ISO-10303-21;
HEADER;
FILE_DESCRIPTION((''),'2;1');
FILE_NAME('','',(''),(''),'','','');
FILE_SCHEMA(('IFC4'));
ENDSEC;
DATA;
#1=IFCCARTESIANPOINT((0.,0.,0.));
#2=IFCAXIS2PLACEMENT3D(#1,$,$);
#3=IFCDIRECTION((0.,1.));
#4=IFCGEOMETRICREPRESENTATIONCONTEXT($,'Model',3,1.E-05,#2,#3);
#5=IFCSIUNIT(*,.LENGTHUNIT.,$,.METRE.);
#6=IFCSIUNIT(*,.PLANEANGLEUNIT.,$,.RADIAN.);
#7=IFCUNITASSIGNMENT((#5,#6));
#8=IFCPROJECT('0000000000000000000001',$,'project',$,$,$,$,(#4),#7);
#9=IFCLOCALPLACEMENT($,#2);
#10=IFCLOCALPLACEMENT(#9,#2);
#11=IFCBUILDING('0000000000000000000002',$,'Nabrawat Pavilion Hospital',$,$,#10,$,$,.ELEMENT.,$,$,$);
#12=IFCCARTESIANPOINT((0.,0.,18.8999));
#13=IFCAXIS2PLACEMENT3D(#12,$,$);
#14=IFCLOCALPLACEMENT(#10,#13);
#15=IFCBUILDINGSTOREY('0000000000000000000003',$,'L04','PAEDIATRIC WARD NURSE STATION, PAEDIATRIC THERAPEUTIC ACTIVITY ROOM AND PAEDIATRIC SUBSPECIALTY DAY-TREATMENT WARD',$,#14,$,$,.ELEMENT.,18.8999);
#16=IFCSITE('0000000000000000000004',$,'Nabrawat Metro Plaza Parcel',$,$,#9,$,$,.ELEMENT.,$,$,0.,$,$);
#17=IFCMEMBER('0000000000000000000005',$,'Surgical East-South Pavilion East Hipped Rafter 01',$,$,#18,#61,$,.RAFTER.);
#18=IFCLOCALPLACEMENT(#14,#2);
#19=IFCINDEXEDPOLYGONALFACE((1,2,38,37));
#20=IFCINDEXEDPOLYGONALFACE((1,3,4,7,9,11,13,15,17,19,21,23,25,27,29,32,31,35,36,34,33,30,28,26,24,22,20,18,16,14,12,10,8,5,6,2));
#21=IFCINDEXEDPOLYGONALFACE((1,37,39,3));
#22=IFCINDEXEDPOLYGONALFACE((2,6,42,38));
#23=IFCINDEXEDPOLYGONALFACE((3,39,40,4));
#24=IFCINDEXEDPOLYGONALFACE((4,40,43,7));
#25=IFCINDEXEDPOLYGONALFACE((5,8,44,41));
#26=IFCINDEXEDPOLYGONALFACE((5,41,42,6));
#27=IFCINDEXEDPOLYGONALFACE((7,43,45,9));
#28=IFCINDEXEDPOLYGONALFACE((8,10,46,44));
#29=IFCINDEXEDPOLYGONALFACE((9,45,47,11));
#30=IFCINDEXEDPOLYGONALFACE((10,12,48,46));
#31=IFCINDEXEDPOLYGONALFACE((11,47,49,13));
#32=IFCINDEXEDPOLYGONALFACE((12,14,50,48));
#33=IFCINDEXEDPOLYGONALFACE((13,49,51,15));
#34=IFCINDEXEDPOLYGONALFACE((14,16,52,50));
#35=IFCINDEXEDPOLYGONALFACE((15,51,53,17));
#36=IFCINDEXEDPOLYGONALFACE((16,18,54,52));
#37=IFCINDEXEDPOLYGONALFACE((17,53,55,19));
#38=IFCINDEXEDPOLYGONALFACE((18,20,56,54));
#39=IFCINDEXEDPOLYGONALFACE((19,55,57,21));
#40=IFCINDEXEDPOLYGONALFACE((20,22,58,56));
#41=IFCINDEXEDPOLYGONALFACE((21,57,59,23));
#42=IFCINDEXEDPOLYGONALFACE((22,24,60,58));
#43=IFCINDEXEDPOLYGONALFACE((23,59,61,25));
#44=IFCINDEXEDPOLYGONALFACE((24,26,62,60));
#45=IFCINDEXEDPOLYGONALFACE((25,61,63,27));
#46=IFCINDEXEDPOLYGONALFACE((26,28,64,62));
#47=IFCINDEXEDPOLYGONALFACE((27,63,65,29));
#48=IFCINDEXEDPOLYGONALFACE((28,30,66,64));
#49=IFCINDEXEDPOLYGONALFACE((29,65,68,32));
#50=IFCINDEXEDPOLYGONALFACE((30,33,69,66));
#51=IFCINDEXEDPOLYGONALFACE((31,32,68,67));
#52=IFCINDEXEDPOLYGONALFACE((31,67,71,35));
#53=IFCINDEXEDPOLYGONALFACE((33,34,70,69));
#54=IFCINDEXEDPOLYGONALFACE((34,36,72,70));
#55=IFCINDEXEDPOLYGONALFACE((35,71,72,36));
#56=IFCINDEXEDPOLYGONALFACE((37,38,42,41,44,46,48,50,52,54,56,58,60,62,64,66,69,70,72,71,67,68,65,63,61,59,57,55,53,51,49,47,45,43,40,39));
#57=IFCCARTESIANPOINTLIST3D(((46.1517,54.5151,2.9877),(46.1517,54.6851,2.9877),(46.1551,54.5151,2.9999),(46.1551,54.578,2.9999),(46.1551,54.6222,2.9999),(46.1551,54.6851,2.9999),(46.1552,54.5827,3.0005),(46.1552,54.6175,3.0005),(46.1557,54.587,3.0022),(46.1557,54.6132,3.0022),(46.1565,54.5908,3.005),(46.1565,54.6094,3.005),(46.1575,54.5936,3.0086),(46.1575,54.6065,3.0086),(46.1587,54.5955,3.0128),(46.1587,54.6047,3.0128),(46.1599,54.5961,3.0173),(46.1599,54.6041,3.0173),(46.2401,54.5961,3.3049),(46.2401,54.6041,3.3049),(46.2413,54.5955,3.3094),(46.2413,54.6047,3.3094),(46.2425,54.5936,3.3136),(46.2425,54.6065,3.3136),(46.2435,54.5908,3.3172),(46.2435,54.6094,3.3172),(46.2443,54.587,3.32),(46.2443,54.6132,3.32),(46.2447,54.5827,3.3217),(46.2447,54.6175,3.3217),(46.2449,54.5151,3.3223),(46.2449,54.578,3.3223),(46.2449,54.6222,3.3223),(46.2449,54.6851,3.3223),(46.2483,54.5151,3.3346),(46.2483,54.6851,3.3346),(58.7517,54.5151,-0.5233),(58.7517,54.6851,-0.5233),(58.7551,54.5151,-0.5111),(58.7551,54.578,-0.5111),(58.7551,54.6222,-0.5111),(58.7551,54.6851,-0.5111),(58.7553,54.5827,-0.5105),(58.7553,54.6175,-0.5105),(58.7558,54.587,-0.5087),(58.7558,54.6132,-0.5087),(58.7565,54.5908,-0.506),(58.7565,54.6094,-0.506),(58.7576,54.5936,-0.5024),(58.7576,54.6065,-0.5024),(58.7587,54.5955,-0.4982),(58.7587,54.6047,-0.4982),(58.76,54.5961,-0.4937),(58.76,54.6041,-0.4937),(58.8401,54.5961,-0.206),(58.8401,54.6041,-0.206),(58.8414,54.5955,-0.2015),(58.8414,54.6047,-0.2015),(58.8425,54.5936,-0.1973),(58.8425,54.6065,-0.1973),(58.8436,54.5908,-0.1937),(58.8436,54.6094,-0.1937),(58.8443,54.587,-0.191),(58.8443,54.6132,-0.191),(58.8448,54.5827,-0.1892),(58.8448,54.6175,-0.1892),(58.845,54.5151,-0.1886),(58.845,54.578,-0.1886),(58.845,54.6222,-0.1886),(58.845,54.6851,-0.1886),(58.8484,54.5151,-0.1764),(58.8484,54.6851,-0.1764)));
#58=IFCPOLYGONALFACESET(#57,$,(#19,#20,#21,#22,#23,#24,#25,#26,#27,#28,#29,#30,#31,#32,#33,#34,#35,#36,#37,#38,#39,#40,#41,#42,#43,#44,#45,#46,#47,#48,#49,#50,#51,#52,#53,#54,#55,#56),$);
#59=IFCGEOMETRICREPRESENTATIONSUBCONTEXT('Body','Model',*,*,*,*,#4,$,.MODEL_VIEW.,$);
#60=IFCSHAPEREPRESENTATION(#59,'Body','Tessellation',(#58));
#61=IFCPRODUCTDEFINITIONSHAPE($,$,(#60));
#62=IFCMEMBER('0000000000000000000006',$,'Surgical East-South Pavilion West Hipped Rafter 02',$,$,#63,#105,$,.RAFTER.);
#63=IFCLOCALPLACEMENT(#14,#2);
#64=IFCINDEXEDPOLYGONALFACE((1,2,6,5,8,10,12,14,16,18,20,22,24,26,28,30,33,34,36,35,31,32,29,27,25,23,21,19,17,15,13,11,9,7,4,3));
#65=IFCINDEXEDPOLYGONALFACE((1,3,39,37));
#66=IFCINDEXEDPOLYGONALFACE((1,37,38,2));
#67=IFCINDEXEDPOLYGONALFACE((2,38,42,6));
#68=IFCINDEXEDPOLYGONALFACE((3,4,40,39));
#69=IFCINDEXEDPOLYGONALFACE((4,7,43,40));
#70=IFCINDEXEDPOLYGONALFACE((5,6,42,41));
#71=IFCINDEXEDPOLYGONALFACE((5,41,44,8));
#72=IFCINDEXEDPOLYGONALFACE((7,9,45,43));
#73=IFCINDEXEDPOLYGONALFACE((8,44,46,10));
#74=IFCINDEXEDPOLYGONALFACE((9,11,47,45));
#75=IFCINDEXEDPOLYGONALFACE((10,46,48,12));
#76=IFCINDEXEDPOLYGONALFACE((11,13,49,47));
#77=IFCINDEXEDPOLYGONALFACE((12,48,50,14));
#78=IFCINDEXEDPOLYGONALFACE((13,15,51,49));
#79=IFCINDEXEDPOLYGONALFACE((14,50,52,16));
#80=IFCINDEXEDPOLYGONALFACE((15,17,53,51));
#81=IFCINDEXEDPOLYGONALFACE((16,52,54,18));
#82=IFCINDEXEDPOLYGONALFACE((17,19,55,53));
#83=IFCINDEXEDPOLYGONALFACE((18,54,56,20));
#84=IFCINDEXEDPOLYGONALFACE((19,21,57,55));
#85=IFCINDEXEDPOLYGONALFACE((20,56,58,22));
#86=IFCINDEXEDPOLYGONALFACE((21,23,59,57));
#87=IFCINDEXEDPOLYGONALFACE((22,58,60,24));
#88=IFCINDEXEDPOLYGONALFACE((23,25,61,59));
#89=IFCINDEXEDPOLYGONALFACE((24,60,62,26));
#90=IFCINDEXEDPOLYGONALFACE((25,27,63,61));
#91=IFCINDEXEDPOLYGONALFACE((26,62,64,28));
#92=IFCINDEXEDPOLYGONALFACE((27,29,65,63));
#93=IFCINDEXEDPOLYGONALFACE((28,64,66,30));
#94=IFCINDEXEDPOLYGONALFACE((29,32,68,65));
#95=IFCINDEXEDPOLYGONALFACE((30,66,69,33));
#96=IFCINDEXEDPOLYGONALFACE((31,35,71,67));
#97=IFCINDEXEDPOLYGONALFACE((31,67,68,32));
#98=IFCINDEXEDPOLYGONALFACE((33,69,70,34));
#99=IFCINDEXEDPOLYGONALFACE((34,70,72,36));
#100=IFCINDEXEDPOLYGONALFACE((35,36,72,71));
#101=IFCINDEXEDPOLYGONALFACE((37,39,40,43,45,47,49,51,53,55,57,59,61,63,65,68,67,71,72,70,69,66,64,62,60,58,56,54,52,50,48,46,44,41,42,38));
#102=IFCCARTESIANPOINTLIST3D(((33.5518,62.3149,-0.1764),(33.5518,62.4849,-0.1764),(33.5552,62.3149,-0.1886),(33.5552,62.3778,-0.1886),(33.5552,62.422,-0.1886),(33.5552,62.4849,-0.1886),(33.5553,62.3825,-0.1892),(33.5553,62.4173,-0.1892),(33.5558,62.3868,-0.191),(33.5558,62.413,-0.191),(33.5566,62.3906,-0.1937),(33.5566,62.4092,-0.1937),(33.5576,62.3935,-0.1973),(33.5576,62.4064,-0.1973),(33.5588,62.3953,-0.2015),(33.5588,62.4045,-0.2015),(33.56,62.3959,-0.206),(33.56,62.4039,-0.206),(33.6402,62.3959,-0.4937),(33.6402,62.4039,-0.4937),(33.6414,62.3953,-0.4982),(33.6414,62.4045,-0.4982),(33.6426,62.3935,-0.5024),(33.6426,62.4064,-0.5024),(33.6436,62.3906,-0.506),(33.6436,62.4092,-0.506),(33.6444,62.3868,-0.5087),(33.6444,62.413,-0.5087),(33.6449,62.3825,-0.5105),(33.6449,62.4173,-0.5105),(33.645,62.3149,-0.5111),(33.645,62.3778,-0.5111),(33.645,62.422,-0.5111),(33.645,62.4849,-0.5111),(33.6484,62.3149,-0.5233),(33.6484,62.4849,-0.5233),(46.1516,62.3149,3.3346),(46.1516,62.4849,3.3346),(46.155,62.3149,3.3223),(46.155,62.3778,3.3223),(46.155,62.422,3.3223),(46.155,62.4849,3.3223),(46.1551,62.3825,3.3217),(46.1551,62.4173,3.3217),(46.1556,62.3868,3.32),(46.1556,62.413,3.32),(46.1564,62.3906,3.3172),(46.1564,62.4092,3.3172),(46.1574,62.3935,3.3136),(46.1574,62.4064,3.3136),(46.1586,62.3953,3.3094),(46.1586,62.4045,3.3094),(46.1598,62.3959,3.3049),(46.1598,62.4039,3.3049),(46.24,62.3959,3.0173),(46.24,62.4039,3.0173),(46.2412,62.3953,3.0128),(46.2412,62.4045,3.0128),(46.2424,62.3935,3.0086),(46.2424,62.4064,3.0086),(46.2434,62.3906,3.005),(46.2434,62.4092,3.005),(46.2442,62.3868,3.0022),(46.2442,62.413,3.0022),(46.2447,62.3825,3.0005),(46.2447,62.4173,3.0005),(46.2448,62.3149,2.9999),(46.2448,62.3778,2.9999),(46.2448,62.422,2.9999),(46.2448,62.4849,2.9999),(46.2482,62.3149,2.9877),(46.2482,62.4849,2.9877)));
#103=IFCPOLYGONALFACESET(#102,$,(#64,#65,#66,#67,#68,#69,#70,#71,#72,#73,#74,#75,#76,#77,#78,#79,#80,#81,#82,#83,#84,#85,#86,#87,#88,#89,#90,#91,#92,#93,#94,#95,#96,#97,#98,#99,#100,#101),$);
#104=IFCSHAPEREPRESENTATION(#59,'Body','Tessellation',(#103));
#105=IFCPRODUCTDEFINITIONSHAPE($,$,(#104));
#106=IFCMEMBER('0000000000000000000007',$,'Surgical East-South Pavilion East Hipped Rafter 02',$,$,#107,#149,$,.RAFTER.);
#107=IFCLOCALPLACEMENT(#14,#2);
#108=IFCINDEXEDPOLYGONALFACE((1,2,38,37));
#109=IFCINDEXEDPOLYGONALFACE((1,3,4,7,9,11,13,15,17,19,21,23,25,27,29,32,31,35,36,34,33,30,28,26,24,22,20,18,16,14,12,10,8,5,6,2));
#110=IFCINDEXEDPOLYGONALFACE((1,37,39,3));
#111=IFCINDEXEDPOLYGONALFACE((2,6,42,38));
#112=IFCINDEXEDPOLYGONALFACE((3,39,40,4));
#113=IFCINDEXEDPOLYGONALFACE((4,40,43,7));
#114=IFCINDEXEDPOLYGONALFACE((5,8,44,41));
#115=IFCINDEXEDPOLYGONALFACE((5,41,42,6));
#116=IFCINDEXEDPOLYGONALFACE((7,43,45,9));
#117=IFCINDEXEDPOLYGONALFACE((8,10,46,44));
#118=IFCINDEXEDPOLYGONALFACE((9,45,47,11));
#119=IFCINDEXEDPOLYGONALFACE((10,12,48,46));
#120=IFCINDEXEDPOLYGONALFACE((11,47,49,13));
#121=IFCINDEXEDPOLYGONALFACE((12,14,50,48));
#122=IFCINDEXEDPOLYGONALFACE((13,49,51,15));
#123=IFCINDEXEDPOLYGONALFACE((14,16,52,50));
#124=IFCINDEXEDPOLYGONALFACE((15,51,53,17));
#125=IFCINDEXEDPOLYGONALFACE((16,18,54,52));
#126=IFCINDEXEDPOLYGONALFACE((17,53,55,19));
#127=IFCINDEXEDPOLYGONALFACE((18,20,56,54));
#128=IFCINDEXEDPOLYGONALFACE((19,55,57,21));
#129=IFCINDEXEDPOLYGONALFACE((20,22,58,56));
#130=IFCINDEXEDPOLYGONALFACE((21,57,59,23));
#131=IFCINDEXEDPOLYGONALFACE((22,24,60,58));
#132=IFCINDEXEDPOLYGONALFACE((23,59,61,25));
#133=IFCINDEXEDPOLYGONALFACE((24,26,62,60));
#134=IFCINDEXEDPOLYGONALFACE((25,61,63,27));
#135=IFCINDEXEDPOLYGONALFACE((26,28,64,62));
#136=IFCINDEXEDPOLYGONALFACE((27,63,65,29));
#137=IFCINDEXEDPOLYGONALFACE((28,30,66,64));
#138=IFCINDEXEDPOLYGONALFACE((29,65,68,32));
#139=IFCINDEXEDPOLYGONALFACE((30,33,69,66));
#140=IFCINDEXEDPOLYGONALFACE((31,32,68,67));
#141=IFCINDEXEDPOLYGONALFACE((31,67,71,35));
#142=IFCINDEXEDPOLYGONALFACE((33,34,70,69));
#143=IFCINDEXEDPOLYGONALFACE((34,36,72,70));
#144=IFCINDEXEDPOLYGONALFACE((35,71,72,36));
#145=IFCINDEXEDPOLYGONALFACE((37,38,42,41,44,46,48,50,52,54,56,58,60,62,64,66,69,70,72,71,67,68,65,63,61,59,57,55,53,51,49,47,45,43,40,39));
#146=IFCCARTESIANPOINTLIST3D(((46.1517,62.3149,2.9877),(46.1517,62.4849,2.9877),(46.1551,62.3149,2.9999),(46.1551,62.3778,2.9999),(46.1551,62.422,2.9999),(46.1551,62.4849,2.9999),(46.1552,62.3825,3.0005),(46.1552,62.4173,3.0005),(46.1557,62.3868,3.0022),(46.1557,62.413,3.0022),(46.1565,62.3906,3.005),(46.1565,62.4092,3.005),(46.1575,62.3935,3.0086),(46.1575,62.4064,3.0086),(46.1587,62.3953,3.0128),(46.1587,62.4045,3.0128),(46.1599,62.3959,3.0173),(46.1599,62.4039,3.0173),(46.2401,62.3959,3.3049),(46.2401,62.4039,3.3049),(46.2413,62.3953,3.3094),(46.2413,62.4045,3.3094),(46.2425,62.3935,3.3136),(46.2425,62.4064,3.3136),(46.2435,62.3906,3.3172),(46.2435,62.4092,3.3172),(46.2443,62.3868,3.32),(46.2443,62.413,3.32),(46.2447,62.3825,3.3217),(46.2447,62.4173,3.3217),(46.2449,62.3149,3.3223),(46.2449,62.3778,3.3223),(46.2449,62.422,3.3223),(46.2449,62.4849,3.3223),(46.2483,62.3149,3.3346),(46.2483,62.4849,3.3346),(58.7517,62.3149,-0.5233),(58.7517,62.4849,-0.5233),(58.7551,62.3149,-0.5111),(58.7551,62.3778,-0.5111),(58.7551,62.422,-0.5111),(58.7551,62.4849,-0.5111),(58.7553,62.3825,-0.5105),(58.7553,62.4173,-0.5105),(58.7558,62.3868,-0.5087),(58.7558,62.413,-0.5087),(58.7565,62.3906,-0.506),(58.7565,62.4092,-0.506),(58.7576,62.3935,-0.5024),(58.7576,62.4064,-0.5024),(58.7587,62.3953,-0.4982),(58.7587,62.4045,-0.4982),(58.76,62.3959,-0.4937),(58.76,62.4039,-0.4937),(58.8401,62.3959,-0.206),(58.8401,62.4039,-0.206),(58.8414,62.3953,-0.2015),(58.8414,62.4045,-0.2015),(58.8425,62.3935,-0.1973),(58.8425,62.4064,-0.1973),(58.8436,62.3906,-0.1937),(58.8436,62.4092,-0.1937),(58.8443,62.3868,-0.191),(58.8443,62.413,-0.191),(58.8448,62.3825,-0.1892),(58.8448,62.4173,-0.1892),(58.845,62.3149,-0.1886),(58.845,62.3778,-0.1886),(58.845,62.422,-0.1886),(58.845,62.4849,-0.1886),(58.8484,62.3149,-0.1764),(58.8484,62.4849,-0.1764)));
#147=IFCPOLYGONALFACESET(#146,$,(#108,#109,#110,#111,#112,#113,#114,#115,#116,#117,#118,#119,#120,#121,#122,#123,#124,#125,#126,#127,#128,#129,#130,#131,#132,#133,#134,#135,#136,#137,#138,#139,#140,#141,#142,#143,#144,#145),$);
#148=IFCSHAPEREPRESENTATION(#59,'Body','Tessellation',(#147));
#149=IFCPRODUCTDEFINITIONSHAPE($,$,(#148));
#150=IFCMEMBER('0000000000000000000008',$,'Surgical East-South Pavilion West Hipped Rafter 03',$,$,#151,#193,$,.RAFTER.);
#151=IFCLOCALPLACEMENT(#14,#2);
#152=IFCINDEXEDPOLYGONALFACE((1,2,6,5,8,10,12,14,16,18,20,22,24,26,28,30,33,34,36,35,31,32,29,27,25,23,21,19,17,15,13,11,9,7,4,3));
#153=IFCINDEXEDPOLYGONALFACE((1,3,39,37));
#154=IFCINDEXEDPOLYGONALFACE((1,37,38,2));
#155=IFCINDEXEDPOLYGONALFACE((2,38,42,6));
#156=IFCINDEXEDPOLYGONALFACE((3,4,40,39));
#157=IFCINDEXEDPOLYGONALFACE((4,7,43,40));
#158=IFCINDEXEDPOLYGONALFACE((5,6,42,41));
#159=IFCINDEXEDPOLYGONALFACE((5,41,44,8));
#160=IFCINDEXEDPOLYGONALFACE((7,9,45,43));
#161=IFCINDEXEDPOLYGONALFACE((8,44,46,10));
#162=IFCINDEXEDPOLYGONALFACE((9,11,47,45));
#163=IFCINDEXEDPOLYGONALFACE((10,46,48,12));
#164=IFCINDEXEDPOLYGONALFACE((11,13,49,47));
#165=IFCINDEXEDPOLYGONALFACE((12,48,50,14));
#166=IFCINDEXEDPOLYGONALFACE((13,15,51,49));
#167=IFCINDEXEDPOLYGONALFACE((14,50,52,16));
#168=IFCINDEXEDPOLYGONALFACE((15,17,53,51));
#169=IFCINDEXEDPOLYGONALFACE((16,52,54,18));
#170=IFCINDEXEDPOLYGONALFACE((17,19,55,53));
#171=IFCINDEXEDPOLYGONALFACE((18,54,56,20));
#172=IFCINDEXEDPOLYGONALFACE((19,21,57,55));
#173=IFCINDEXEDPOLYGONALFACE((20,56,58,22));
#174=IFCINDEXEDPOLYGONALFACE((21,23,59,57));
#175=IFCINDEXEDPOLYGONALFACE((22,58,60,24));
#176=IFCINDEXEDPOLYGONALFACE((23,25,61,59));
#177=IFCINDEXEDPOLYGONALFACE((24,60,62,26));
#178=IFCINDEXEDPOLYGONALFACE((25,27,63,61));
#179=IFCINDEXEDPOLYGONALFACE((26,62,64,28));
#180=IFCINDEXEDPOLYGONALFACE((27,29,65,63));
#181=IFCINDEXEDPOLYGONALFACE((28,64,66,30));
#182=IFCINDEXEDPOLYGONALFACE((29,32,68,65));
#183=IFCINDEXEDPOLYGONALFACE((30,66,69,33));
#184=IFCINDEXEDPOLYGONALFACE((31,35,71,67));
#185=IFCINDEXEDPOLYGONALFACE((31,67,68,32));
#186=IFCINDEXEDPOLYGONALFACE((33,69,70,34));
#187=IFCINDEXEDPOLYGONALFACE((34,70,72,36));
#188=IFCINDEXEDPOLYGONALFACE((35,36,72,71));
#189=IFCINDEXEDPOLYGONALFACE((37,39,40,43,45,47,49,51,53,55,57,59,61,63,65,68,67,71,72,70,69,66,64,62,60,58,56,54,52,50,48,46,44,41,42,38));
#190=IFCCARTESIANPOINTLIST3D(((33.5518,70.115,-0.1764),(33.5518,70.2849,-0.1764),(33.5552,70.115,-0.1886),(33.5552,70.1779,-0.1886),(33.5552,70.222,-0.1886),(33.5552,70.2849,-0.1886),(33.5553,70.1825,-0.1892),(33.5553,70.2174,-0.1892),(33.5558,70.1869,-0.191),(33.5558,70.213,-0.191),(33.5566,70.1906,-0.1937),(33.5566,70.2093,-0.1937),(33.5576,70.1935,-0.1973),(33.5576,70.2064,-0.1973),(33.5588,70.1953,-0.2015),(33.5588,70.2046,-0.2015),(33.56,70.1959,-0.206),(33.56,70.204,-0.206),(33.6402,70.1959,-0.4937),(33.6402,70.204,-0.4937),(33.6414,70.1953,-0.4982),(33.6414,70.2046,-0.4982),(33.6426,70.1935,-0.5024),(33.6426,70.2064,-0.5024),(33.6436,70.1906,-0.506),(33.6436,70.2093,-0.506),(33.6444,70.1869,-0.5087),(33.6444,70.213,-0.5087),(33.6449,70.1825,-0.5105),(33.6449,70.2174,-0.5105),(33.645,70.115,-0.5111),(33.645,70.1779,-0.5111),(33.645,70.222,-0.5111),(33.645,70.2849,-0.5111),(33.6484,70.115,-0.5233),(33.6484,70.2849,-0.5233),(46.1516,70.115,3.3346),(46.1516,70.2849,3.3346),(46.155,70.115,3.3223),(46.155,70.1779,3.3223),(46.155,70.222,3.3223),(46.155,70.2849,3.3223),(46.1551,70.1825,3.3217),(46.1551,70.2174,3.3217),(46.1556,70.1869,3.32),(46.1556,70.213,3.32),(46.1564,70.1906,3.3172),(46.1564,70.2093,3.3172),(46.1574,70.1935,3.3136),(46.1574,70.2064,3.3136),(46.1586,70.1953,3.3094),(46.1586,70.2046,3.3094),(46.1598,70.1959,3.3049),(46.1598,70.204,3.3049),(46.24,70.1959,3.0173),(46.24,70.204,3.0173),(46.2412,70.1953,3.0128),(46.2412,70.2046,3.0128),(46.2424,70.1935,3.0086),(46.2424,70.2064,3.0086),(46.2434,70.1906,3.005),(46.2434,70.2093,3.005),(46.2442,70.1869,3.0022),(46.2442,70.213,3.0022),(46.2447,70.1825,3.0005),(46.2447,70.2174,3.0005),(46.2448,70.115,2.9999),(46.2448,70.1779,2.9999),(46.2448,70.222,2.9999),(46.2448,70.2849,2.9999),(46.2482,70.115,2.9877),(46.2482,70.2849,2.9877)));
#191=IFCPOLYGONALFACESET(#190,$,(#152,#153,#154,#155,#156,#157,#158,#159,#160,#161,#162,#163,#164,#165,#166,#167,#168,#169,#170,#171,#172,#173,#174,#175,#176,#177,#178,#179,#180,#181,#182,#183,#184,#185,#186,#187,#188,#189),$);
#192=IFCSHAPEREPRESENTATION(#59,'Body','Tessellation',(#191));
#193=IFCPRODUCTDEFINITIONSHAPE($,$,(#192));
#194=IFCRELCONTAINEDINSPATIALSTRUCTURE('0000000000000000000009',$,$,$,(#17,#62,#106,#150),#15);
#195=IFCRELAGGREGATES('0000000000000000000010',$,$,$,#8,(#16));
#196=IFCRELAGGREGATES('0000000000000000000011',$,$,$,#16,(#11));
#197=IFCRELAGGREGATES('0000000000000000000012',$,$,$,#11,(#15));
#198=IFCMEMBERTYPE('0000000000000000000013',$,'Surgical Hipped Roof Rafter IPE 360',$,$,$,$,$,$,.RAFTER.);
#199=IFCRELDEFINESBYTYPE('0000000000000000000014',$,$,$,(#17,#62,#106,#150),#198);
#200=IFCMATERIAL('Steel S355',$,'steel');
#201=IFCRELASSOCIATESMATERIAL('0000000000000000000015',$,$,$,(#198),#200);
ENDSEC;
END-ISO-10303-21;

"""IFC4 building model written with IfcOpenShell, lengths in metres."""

from ifc_helpers import new_model, si_unit, direction, frame, origin, origin_2d, place, context, subcontext, project, spatial, i_section, extrude, material, material_profile, profile_set, type_object, element, save


model = new_model("IFC4")

# Units and contexts
model_context = context("Model", 3, precision=1e-05, world=origin(), true_north=direction((0.0, 1.0)))
body_context = subcontext(model_context, "Body", "Model", "MODEL_VIEW")
ifc_project = project(units=[si_unit("LENGTHUNIT", "METRE"), si_unit("PLANEANGLEUNIT", "RADIAN")], contexts=[model_context])

# Site, building, storey
site_placement = place(None, origin())
site = spatial("IfcSite", under=ifc_project, at=site_placement, Name="Nabrawat Metro Plaza Parcel", CompositionType="ELEMENT", RefElevation=0.0)
building_placement = place(site_placement, origin())
building = spatial("IfcBuilding", under=site, at=building_placement, Name="Nabrawat Pavilion Hospital", CompositionType="ELEMENT")
storey_placement = place(building_placement, frame((0.0, 0.0, 18.8999)))
storey = spatial("IfcBuildingStorey", under=building, at=storey_placement, Name="L04", Description="PAEDIATRIC WARD NURSE STATION, PAEDIATRIC THERAPEUTIC ACTIVITY ROOM AND PAEDIATRIC SUBSPECIALTY DAY-TREATMENT WARD", CompositionType="ELEMENT", Elevation=18.8999)

# Members
ifc_material_1 = material(Name="Steel S355", Category="steel")
ifc_material_profile_1 = material_profile(ifc_material_1, i_section(OverallWidth=0.1699, OverallDepth=0.3601, WebThickness=0.0081, FlangeThickness=0.0127, FilletRadius=0.0181, at=origin_2d()), Name="IPE 360")
ifc_profile_set_1 = profile_set([ifc_material_profile_1], Name="Steel S355")
member_type_1 = type_object("IfcMemberType", Name="Surgical Hipped Roof Rafter IPE 360", PredefinedType="RAFTER", material=ifc_profile_set_1)
member_1_placement = place(storey_placement, frame((58.8, 54.6001, -0.3499), z_axis=(-0.963302, 0.0, 0.268422), x_axis=(0.0, -1.0, 0.0)))
element("IfcMember", 1, at=member_1_placement, inside=storey, type_object=member_type_1, Name="Surgical East-South Pavilion East Hipped Rafter 01", PredefinedType="RAFTER", context=body_context, shape_type="SweptSolid", body=[
    extrude(i_section(OverallWidth=0.1699, OverallDepth=0.3601, WebThickness=0.0081, FlangeThickness=0.0127, FilletRadius=0.0181, at=origin_2d()), origin(), (0.0, 0.0, 1.0), 13.0801),
])
member_2_placement = place(storey_placement, frame((33.6001, 62.3999, -0.3499), z_axis=(0.9633, 0.0, 0.268426), x_axis=(0.0, 1.0, 0.0)))
element("IfcMember", 2, at=member_2_placement, inside=storey, type_object=member_type_1, Name="Surgical East-South Pavilion West Hipped Rafter 02", PredefinedType="RAFTER", context=body_context, shape_type="SweptSolid", body=[
    extrude(i_section(OverallWidth=0.1699, OverallDepth=0.3601, WebThickness=0.0081, FlangeThickness=0.0127, FilletRadius=0.0181, at=origin_2d()), origin(), (0.0, 0.0, 1.0), 13.0798),
])
member_3_placement = place(storey_placement, frame((58.8, 62.3999, -0.3499), z_axis=(-0.963302, 0.0, 0.268422), x_axis=(0.0, -1.0, 0.0)))
element("IfcMember", 3, at=member_3_placement, inside=storey, type_object=member_type_1, Name="Surgical East-South Pavilion East Hipped Rafter 02", PredefinedType="RAFTER", context=body_context, shape_type="SweptSolid", body=[
    extrude(i_section(OverallWidth=0.1699, OverallDepth=0.3601, WebThickness=0.0081, FlangeThickness=0.0127, FilletRadius=0.0181, at=origin_2d()), origin(), (0.0, 0.0, 1.0), 13.0801),
])
member_4_placement = place(storey_placement, frame((33.6001, 70.2, -0.3499), z_axis=(0.9633, 0.0, 0.268426), x_axis=(0.0, 1.0, 0.0)))
element("IfcMember", 4, at=member_4_placement, inside=storey, type_object=member_type_1, Name="Surgical East-South Pavilion West Hipped Rafter 03", PredefinedType="RAFTER", context=body_context, shape_type="SweptSolid", body=[
    extrude(i_section(OverallWidth=0.1699, OverallDepth=0.3601, WebThickness=0.0081, FlangeThickness=0.0127, FilletRadius=0.0181, at=origin_2d()), origin(), (0.0, 0.0, 1.0), 13.0798),
])

save(model, "model.ifc")
